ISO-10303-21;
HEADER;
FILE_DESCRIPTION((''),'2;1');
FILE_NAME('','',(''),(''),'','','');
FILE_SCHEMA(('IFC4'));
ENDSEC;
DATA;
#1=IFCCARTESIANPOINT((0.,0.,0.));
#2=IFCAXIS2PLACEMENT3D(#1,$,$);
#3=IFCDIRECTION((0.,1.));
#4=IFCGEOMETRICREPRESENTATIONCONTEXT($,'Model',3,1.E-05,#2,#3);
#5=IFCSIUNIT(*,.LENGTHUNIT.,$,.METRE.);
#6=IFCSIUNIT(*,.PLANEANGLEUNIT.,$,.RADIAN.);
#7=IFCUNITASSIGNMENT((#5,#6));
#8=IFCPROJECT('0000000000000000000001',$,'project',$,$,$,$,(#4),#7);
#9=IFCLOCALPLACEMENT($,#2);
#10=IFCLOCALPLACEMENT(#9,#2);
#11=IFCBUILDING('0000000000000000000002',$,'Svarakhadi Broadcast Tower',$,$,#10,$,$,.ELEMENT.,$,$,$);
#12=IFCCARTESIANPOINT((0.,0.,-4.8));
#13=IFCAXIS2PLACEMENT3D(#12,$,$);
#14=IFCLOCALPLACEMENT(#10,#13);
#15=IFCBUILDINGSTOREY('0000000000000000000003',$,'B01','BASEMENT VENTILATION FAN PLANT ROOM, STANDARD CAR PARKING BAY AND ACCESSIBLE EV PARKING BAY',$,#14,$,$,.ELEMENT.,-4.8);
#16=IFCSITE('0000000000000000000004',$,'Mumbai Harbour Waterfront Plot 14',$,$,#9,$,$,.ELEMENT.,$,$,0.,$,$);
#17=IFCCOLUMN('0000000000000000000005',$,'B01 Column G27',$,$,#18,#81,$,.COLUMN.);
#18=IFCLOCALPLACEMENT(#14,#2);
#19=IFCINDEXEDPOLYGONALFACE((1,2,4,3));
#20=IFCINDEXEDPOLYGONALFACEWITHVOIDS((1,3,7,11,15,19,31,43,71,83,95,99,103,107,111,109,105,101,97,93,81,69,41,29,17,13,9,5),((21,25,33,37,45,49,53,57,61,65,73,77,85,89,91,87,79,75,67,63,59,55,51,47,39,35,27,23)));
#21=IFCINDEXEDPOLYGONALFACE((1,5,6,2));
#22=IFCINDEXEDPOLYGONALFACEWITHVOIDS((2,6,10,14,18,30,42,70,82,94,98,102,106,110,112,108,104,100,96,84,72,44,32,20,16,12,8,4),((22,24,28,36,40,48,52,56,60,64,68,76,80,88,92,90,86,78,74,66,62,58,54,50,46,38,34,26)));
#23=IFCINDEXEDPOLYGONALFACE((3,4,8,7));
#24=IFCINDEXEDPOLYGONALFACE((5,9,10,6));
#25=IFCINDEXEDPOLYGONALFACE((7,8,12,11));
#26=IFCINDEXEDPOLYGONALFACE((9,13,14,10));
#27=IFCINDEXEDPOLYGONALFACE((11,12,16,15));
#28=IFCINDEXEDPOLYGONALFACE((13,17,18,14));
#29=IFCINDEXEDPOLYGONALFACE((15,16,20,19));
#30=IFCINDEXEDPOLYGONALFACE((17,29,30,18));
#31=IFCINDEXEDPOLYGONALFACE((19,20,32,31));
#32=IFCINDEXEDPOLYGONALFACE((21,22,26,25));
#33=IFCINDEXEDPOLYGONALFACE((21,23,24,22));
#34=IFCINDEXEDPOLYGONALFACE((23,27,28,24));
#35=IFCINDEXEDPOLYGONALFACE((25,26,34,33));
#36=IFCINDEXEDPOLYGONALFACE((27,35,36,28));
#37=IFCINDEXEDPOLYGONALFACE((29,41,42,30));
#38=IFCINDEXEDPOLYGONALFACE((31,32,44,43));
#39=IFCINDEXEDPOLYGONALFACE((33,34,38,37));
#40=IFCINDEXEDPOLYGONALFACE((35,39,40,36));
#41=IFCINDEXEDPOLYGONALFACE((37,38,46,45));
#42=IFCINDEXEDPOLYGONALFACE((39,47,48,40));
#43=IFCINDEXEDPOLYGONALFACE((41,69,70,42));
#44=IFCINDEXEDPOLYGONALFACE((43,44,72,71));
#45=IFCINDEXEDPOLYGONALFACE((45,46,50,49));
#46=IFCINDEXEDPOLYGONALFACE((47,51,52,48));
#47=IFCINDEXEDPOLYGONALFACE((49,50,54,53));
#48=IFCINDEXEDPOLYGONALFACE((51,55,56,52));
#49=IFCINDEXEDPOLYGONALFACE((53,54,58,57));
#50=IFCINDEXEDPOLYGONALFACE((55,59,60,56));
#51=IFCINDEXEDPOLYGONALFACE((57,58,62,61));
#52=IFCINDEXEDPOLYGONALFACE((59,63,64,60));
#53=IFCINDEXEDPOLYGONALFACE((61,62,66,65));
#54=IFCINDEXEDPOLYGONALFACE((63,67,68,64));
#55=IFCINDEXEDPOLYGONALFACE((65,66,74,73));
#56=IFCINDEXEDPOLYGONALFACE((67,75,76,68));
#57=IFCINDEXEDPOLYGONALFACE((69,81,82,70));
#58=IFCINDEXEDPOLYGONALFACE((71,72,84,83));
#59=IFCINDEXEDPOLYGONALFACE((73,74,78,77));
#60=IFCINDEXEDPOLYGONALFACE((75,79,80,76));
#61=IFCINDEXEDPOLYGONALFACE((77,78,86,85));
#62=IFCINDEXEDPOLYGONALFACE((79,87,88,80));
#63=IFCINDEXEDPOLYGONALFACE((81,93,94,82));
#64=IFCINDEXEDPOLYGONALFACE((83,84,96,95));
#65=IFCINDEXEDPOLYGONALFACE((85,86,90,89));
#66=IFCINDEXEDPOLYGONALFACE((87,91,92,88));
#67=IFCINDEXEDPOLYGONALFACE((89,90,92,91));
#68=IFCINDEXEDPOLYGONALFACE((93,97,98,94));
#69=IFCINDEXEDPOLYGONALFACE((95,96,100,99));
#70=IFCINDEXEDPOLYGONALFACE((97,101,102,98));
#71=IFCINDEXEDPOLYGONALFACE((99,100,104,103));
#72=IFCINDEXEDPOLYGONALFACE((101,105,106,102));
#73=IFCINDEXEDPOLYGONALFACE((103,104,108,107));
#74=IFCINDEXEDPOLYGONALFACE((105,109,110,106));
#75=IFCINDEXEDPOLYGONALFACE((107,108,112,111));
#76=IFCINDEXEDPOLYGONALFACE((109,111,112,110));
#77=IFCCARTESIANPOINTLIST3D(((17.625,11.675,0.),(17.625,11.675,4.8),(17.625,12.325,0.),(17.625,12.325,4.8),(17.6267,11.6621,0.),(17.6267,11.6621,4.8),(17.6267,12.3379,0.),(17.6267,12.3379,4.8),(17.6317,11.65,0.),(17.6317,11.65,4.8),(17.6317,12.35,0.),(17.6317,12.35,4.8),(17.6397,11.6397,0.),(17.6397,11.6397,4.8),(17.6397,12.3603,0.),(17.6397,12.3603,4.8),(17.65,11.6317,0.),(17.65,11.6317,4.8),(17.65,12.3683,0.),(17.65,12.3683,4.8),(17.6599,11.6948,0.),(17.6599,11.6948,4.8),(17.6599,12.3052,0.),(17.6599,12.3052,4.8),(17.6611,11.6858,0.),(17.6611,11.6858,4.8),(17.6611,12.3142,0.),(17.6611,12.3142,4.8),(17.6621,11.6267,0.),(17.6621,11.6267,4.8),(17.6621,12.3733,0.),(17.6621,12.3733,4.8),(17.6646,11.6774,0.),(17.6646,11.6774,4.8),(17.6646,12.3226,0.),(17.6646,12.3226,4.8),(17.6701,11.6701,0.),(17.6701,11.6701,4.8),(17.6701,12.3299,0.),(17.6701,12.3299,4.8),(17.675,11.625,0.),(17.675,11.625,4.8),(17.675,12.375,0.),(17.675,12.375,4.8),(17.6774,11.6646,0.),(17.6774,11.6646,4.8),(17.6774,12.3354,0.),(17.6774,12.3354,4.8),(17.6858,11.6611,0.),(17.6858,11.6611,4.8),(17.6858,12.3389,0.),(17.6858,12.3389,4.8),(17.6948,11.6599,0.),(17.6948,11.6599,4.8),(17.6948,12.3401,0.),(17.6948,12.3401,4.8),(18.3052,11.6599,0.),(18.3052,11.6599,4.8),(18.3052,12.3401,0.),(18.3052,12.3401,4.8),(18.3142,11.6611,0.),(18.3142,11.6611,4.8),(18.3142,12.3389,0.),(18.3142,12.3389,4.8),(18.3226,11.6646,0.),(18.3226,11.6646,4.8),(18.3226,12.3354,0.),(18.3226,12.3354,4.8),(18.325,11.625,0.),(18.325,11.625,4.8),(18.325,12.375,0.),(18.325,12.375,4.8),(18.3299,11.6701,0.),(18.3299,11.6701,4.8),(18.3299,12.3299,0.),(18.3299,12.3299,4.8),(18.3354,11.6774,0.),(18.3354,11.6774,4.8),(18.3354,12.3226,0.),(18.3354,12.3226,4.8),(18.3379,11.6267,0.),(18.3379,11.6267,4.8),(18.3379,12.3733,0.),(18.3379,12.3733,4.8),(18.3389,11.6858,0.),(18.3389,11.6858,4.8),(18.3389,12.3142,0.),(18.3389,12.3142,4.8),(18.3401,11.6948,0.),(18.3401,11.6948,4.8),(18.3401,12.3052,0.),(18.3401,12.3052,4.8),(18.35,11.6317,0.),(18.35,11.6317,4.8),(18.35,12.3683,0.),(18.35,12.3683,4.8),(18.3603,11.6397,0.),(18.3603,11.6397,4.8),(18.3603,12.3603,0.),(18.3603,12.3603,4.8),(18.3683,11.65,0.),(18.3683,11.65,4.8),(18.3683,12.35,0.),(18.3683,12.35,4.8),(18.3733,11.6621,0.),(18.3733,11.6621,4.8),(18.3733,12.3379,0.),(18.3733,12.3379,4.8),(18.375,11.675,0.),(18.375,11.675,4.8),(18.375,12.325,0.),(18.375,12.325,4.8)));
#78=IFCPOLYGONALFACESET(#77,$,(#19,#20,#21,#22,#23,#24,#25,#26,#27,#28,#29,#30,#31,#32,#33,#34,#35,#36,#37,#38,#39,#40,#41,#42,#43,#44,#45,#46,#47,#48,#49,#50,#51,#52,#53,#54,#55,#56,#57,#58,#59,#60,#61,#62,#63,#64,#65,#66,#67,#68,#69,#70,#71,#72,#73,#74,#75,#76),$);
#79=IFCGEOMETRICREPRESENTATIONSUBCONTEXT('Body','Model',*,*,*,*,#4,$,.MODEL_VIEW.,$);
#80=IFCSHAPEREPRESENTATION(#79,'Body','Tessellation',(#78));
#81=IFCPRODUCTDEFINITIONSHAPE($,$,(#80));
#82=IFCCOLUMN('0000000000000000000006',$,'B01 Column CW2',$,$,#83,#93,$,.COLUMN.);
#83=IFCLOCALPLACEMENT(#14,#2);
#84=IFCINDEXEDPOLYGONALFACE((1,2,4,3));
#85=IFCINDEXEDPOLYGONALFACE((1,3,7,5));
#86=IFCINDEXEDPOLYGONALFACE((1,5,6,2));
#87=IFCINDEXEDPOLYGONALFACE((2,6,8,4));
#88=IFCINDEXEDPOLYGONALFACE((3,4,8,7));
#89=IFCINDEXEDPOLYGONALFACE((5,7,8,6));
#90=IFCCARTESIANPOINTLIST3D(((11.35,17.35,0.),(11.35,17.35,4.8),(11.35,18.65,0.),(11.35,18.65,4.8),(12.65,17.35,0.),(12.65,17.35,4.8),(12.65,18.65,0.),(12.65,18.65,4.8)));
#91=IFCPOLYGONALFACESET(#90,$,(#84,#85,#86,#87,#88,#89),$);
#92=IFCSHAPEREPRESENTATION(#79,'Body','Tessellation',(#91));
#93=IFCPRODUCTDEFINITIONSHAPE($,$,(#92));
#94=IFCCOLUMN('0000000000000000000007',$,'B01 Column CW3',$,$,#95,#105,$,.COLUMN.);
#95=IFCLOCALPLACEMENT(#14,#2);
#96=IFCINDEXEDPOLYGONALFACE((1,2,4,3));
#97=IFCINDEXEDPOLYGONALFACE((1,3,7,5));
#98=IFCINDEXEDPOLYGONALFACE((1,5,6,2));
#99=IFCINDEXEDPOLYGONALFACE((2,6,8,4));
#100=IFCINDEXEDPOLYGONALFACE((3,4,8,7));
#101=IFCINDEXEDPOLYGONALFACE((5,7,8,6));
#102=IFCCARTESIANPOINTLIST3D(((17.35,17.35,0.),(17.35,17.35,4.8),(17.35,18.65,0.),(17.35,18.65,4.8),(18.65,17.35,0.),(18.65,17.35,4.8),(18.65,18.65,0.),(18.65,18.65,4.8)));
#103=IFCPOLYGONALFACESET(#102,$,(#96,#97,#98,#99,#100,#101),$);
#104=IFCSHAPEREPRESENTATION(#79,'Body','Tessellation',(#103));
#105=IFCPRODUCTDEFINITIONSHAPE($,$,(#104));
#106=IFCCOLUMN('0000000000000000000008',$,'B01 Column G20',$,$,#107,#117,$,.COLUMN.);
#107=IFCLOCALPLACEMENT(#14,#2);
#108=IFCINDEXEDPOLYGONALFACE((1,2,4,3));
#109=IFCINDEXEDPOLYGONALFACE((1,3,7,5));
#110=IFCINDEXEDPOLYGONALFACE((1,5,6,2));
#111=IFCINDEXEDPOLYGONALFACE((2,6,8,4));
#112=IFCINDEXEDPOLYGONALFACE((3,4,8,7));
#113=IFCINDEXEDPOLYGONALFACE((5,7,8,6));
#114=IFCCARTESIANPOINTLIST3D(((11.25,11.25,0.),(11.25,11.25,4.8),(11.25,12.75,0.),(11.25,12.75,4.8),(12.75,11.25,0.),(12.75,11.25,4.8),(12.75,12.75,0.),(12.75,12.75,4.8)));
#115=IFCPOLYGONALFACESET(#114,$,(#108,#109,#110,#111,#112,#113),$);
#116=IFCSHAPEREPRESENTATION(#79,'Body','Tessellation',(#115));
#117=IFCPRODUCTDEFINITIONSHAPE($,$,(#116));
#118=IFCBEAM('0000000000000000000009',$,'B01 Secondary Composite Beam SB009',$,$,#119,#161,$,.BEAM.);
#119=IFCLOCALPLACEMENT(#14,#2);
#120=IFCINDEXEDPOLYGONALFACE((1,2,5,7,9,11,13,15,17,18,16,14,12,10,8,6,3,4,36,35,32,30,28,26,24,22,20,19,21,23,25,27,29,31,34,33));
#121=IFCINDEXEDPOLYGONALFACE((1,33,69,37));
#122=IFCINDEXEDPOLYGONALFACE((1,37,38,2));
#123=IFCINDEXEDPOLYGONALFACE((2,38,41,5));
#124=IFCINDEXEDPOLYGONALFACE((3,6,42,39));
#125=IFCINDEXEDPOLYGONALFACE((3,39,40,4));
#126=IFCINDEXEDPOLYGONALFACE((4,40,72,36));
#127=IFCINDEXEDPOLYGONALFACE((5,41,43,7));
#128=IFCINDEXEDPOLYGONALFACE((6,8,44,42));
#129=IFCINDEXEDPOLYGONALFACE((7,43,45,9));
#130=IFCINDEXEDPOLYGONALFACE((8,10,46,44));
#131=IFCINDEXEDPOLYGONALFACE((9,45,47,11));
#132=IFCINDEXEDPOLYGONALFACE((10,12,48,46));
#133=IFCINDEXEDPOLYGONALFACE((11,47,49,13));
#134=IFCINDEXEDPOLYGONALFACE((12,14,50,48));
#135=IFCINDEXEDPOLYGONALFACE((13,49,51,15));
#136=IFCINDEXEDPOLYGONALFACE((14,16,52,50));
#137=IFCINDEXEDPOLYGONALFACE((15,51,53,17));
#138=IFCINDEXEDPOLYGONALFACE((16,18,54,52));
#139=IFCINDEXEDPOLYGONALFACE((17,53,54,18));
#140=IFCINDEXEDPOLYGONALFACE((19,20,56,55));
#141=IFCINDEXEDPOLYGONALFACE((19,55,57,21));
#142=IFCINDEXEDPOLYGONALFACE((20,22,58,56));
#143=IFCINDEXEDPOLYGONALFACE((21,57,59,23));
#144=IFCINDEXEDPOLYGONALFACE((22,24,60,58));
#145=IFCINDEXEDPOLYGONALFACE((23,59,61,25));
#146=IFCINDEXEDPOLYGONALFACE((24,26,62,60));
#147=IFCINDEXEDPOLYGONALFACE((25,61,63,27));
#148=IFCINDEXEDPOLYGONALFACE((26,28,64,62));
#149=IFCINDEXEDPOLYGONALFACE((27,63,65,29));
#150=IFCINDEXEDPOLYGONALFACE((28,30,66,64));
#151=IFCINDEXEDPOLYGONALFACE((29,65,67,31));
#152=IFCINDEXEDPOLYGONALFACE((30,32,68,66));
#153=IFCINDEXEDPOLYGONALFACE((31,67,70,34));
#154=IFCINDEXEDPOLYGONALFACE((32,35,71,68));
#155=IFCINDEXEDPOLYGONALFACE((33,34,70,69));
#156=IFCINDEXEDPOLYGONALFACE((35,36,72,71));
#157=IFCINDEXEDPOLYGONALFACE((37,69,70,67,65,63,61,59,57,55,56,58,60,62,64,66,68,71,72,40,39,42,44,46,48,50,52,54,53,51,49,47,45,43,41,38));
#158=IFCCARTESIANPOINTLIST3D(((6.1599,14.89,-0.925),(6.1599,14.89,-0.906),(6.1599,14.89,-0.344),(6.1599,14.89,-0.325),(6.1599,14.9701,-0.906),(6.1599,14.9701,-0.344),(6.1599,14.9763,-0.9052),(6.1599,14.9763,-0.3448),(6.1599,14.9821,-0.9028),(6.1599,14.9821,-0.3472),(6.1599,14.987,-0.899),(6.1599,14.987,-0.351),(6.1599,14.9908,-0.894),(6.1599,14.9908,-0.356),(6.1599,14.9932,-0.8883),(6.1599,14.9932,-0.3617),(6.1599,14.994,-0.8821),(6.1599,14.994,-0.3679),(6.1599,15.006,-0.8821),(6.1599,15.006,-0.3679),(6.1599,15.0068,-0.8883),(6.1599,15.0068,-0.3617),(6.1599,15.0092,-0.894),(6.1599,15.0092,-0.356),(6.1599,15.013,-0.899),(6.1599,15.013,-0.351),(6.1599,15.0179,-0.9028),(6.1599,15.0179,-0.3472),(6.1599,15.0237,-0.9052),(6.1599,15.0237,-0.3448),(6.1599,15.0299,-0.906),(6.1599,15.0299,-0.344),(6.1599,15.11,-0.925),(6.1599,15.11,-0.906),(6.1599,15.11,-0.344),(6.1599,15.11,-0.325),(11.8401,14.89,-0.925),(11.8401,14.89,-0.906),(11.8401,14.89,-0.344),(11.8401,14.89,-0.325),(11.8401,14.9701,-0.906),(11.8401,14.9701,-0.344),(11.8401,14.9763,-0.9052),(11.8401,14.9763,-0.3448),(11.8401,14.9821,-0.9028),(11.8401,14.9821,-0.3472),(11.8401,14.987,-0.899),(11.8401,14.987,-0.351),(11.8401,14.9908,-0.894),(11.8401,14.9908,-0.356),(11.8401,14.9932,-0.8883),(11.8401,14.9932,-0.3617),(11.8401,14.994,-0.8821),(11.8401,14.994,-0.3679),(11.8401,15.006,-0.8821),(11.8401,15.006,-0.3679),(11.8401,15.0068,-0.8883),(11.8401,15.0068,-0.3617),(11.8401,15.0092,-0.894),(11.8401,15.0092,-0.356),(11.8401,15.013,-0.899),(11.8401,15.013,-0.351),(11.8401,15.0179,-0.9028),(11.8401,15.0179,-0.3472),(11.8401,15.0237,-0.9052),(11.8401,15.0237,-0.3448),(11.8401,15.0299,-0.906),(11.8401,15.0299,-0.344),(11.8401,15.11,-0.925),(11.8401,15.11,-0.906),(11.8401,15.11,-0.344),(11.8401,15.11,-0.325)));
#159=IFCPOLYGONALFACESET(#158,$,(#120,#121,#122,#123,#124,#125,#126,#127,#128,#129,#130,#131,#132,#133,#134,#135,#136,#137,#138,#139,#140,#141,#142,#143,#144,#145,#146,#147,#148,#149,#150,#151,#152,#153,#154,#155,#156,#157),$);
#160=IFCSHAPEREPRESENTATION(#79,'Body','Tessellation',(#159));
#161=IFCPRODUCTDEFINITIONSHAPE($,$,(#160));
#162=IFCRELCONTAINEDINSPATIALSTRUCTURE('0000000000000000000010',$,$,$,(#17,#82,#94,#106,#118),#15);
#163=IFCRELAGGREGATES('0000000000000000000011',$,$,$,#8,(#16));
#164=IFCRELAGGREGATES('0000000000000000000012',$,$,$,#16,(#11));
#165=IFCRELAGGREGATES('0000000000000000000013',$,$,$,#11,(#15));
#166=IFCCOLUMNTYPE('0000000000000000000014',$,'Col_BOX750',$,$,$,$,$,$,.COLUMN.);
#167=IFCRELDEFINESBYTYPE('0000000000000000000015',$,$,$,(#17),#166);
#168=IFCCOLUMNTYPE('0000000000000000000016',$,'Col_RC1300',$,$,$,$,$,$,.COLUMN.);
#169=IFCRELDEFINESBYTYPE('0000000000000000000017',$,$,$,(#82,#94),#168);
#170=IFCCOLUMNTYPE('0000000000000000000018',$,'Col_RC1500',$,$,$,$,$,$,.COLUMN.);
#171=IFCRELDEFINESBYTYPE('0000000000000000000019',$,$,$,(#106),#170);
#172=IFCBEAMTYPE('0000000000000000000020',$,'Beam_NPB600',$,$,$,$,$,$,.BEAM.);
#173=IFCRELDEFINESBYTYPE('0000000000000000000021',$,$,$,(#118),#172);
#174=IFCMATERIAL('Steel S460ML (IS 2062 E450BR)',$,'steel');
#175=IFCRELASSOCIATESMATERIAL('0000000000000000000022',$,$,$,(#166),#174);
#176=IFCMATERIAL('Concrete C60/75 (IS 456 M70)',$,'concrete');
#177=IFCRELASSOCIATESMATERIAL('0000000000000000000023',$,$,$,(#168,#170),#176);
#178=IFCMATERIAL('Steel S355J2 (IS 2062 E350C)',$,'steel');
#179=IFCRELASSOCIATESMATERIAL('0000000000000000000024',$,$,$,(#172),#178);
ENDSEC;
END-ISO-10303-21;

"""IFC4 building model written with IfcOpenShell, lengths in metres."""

from ifc_helpers import new_model, si_unit, direction, frame, origin, origin_2d, place, context, subcontext, project, spatial, rectangle, hollow_rectangle, i_section, extrude, material, material_profile, profile_set, type_object, element, save


model = new_model("IFC4")

# Units and contexts
model_context = context("Model", 3, precision=1e-05, world=origin(), true_north=direction((0.0, 1.0)))
body_context = subcontext(model_context, "Body", "Model", "MODEL_VIEW")
ifc_project = project(units=[si_unit("LENGTHUNIT", "METRE"), si_unit("PLANEANGLEUNIT", "RADIAN")], contexts=[model_context])

# Site, building, storey
site_placement = place(None, origin())
site = spatial("IfcSite", under=ifc_project, at=site_placement, Name="Mumbai Harbour Waterfront Plot 14", CompositionType="ELEMENT", RefElevation=0.0)
building_placement = place(site_placement, origin())
building = spatial("IfcBuilding", under=site, at=building_placement, Name="Svarakhadi Broadcast Tower", CompositionType="ELEMENT")
storey_placement = place(building_placement, frame((0.0, 0.0, -4.8)))
storey = spatial("IfcBuildingStorey", under=building, at=storey_placement, Name="B01", Description="BASEMENT VENTILATION FAN PLANT ROOM, STANDARD CAR PARKING BAY AND ACCESSIBLE EV PARKING BAY", CompositionType="ELEMENT", Elevation=-4.8)

# Columns
ifc_material_1 = material(Name="Steel S460ML (IS 2062 E450BR)", Category="steel")
ifc_material_profile_1 = material_profile(ifc_material_1, hollow_rectangle(XDim=0.75, YDim=0.75, WallThickness=0.0349, InnerFilletRadius=0.0349, OuterFilletRadius=0.05, at=origin_2d()), Name="BOX 750x750x35")
ifc_profile_set_1 = profile_set([ifc_material_profile_1], Name="Steel S460ML (IS 2062 E450BR)")
column_type_1 = type_object("IfcColumnType", Name="Col_BOX750", PredefinedType="COLUMN", material=ifc_profile_set_1)
column_1_placement = place(storey_placement, frame((18.0, 12.0, 0.0), z_axis=(0.0, 0.0, 1.0), x_axis=(1.0, 0.0, 0.0)))
element("IfcColumn", 1, at=column_1_placement, inside=storey, type_object=column_type_1, Name="B01 Column G27", PredefinedType="COLUMN", context=body_context, shape_type="SweptSolid", body=[
    extrude(hollow_rectangle(XDim=0.75, YDim=0.75, WallThickness=0.0349, InnerFilletRadius=0.0349, OuterFilletRadius=0.05, at=origin_2d()), origin(), (0.0, 0.0, 1.0), 4.8),
])
ifc_material_2 = material(Name="Concrete C60/75 (IS 456 M70)", Category="concrete")
ifc_material_profile_2 = material_profile(ifc_material_2, rectangle(XDim=1.3, YDim=1.3, at=origin_2d()), Name="RC 1300x1300")
ifc_profile_set_2 = profile_set([ifc_material_profile_2], Name="Concrete C60/75 (IS 456 M70)")
column_type_2 = type_object("IfcColumnType", Name="Col_RC1300", PredefinedType="COLUMN", material=ifc_profile_set_2)
for number, where, z_axis, x_axis, name in (
    (2, (12.0, 18.0, 0.0), (0.0, 0.0, 1.0), (1.0, 0.0, 0.0), "B01 Column CW2"),
    (3, (18.0, 18.0, 0.0), (0.0, 0.0, 1.0), (1.0, 0.0, 0.0), "B01 Column CW3"),
):
    element("IfcColumn", number, at=place(storey_placement, frame(where, z_axis=z_axis, x_axis=x_axis)), inside=storey, type_object=column_type_2, Name=name, PredefinedType="COLUMN", context=body_context, shape_type="SweptSolid", body=[
        extrude(rectangle(XDim=1.3, YDim=1.3, at=origin_2d()), origin(), (0.0, 0.0, 1.0), 4.8),
    ])
ifc_material_profile_3 = material_profile(ifc_material_2, rectangle(XDim=1.5, YDim=1.5, at=origin_2d()), Name="RC 1500x1500")
ifc_profile_set_3 = profile_set([ifc_material_profile_3], Name="Concrete C60/75 (IS 456 M70)")
column_type_3 = type_object("IfcColumnType", Name="Col_RC1500", PredefinedType="COLUMN", material=ifc_profile_set_3)
column_2_placement = place(storey_placement, frame((12.0, 12.0, 0.0), z_axis=(0.0, 0.0, 1.0), x_axis=(1.0, 0.0, 0.0)))
element("IfcColumn", 4, at=column_2_placement, inside=storey, type_object=column_type_3, Name="B01 Column G20", PredefinedType="COLUMN", context=body_context, shape_type="SweptSolid", body=[
    extrude(rectangle(XDim=1.5, YDim=1.5, at=origin_2d()), origin(), (0.0, 0.0, 1.0), 4.8),
])

# Beam
ifc_material_3 = material(Name="Steel S355J2 (IS 2062 E350C)", Category="steel")
ifc_material_profile_4 = material_profile(ifc_material_3, i_section(OverallWidth=0.22, OverallDepth=0.6001, WebThickness=0.012, FlangeThickness=0.019, FilletRadius=0.0239, at=origin_2d()), Name="NPB 600x220x122")
ifc_profile_set_4 = profile_set([ifc_material_profile_4], Name="Steel S355J2 (IS 2062 E350C)")
beam_type_1 = type_object("IfcBeamType", Name="Beam_NPB600", PredefinedType="BEAM", material=ifc_profile_set_4)
for number, where, z_axis, x_axis, name in (
    (5, (6.1599, 15.0, -0.625), (1.0, 0.0, 0.0), (0.0, 1.0, 0.0), "B01 Secondary Composite Beam SB009"),
):
    element("IfcBeam", number, at=place(storey_placement, frame(where, z_axis=z_axis, x_axis=x_axis)), inside=storey, type_object=beam_type_1, Name=name, PredefinedType="BEAM", context=body_context, shape_type="SweptSolid", body=[
        extrude(i_section(OverallWidth=0.22, OverallDepth=0.6001, WebThickness=0.012, FlangeThickness=0.019, FilletRadius=0.0239, at=origin_2d()), origin(), (0.0, 0.0, 1.0), 5.6802),
    ])

save(model, "model.ifc")
